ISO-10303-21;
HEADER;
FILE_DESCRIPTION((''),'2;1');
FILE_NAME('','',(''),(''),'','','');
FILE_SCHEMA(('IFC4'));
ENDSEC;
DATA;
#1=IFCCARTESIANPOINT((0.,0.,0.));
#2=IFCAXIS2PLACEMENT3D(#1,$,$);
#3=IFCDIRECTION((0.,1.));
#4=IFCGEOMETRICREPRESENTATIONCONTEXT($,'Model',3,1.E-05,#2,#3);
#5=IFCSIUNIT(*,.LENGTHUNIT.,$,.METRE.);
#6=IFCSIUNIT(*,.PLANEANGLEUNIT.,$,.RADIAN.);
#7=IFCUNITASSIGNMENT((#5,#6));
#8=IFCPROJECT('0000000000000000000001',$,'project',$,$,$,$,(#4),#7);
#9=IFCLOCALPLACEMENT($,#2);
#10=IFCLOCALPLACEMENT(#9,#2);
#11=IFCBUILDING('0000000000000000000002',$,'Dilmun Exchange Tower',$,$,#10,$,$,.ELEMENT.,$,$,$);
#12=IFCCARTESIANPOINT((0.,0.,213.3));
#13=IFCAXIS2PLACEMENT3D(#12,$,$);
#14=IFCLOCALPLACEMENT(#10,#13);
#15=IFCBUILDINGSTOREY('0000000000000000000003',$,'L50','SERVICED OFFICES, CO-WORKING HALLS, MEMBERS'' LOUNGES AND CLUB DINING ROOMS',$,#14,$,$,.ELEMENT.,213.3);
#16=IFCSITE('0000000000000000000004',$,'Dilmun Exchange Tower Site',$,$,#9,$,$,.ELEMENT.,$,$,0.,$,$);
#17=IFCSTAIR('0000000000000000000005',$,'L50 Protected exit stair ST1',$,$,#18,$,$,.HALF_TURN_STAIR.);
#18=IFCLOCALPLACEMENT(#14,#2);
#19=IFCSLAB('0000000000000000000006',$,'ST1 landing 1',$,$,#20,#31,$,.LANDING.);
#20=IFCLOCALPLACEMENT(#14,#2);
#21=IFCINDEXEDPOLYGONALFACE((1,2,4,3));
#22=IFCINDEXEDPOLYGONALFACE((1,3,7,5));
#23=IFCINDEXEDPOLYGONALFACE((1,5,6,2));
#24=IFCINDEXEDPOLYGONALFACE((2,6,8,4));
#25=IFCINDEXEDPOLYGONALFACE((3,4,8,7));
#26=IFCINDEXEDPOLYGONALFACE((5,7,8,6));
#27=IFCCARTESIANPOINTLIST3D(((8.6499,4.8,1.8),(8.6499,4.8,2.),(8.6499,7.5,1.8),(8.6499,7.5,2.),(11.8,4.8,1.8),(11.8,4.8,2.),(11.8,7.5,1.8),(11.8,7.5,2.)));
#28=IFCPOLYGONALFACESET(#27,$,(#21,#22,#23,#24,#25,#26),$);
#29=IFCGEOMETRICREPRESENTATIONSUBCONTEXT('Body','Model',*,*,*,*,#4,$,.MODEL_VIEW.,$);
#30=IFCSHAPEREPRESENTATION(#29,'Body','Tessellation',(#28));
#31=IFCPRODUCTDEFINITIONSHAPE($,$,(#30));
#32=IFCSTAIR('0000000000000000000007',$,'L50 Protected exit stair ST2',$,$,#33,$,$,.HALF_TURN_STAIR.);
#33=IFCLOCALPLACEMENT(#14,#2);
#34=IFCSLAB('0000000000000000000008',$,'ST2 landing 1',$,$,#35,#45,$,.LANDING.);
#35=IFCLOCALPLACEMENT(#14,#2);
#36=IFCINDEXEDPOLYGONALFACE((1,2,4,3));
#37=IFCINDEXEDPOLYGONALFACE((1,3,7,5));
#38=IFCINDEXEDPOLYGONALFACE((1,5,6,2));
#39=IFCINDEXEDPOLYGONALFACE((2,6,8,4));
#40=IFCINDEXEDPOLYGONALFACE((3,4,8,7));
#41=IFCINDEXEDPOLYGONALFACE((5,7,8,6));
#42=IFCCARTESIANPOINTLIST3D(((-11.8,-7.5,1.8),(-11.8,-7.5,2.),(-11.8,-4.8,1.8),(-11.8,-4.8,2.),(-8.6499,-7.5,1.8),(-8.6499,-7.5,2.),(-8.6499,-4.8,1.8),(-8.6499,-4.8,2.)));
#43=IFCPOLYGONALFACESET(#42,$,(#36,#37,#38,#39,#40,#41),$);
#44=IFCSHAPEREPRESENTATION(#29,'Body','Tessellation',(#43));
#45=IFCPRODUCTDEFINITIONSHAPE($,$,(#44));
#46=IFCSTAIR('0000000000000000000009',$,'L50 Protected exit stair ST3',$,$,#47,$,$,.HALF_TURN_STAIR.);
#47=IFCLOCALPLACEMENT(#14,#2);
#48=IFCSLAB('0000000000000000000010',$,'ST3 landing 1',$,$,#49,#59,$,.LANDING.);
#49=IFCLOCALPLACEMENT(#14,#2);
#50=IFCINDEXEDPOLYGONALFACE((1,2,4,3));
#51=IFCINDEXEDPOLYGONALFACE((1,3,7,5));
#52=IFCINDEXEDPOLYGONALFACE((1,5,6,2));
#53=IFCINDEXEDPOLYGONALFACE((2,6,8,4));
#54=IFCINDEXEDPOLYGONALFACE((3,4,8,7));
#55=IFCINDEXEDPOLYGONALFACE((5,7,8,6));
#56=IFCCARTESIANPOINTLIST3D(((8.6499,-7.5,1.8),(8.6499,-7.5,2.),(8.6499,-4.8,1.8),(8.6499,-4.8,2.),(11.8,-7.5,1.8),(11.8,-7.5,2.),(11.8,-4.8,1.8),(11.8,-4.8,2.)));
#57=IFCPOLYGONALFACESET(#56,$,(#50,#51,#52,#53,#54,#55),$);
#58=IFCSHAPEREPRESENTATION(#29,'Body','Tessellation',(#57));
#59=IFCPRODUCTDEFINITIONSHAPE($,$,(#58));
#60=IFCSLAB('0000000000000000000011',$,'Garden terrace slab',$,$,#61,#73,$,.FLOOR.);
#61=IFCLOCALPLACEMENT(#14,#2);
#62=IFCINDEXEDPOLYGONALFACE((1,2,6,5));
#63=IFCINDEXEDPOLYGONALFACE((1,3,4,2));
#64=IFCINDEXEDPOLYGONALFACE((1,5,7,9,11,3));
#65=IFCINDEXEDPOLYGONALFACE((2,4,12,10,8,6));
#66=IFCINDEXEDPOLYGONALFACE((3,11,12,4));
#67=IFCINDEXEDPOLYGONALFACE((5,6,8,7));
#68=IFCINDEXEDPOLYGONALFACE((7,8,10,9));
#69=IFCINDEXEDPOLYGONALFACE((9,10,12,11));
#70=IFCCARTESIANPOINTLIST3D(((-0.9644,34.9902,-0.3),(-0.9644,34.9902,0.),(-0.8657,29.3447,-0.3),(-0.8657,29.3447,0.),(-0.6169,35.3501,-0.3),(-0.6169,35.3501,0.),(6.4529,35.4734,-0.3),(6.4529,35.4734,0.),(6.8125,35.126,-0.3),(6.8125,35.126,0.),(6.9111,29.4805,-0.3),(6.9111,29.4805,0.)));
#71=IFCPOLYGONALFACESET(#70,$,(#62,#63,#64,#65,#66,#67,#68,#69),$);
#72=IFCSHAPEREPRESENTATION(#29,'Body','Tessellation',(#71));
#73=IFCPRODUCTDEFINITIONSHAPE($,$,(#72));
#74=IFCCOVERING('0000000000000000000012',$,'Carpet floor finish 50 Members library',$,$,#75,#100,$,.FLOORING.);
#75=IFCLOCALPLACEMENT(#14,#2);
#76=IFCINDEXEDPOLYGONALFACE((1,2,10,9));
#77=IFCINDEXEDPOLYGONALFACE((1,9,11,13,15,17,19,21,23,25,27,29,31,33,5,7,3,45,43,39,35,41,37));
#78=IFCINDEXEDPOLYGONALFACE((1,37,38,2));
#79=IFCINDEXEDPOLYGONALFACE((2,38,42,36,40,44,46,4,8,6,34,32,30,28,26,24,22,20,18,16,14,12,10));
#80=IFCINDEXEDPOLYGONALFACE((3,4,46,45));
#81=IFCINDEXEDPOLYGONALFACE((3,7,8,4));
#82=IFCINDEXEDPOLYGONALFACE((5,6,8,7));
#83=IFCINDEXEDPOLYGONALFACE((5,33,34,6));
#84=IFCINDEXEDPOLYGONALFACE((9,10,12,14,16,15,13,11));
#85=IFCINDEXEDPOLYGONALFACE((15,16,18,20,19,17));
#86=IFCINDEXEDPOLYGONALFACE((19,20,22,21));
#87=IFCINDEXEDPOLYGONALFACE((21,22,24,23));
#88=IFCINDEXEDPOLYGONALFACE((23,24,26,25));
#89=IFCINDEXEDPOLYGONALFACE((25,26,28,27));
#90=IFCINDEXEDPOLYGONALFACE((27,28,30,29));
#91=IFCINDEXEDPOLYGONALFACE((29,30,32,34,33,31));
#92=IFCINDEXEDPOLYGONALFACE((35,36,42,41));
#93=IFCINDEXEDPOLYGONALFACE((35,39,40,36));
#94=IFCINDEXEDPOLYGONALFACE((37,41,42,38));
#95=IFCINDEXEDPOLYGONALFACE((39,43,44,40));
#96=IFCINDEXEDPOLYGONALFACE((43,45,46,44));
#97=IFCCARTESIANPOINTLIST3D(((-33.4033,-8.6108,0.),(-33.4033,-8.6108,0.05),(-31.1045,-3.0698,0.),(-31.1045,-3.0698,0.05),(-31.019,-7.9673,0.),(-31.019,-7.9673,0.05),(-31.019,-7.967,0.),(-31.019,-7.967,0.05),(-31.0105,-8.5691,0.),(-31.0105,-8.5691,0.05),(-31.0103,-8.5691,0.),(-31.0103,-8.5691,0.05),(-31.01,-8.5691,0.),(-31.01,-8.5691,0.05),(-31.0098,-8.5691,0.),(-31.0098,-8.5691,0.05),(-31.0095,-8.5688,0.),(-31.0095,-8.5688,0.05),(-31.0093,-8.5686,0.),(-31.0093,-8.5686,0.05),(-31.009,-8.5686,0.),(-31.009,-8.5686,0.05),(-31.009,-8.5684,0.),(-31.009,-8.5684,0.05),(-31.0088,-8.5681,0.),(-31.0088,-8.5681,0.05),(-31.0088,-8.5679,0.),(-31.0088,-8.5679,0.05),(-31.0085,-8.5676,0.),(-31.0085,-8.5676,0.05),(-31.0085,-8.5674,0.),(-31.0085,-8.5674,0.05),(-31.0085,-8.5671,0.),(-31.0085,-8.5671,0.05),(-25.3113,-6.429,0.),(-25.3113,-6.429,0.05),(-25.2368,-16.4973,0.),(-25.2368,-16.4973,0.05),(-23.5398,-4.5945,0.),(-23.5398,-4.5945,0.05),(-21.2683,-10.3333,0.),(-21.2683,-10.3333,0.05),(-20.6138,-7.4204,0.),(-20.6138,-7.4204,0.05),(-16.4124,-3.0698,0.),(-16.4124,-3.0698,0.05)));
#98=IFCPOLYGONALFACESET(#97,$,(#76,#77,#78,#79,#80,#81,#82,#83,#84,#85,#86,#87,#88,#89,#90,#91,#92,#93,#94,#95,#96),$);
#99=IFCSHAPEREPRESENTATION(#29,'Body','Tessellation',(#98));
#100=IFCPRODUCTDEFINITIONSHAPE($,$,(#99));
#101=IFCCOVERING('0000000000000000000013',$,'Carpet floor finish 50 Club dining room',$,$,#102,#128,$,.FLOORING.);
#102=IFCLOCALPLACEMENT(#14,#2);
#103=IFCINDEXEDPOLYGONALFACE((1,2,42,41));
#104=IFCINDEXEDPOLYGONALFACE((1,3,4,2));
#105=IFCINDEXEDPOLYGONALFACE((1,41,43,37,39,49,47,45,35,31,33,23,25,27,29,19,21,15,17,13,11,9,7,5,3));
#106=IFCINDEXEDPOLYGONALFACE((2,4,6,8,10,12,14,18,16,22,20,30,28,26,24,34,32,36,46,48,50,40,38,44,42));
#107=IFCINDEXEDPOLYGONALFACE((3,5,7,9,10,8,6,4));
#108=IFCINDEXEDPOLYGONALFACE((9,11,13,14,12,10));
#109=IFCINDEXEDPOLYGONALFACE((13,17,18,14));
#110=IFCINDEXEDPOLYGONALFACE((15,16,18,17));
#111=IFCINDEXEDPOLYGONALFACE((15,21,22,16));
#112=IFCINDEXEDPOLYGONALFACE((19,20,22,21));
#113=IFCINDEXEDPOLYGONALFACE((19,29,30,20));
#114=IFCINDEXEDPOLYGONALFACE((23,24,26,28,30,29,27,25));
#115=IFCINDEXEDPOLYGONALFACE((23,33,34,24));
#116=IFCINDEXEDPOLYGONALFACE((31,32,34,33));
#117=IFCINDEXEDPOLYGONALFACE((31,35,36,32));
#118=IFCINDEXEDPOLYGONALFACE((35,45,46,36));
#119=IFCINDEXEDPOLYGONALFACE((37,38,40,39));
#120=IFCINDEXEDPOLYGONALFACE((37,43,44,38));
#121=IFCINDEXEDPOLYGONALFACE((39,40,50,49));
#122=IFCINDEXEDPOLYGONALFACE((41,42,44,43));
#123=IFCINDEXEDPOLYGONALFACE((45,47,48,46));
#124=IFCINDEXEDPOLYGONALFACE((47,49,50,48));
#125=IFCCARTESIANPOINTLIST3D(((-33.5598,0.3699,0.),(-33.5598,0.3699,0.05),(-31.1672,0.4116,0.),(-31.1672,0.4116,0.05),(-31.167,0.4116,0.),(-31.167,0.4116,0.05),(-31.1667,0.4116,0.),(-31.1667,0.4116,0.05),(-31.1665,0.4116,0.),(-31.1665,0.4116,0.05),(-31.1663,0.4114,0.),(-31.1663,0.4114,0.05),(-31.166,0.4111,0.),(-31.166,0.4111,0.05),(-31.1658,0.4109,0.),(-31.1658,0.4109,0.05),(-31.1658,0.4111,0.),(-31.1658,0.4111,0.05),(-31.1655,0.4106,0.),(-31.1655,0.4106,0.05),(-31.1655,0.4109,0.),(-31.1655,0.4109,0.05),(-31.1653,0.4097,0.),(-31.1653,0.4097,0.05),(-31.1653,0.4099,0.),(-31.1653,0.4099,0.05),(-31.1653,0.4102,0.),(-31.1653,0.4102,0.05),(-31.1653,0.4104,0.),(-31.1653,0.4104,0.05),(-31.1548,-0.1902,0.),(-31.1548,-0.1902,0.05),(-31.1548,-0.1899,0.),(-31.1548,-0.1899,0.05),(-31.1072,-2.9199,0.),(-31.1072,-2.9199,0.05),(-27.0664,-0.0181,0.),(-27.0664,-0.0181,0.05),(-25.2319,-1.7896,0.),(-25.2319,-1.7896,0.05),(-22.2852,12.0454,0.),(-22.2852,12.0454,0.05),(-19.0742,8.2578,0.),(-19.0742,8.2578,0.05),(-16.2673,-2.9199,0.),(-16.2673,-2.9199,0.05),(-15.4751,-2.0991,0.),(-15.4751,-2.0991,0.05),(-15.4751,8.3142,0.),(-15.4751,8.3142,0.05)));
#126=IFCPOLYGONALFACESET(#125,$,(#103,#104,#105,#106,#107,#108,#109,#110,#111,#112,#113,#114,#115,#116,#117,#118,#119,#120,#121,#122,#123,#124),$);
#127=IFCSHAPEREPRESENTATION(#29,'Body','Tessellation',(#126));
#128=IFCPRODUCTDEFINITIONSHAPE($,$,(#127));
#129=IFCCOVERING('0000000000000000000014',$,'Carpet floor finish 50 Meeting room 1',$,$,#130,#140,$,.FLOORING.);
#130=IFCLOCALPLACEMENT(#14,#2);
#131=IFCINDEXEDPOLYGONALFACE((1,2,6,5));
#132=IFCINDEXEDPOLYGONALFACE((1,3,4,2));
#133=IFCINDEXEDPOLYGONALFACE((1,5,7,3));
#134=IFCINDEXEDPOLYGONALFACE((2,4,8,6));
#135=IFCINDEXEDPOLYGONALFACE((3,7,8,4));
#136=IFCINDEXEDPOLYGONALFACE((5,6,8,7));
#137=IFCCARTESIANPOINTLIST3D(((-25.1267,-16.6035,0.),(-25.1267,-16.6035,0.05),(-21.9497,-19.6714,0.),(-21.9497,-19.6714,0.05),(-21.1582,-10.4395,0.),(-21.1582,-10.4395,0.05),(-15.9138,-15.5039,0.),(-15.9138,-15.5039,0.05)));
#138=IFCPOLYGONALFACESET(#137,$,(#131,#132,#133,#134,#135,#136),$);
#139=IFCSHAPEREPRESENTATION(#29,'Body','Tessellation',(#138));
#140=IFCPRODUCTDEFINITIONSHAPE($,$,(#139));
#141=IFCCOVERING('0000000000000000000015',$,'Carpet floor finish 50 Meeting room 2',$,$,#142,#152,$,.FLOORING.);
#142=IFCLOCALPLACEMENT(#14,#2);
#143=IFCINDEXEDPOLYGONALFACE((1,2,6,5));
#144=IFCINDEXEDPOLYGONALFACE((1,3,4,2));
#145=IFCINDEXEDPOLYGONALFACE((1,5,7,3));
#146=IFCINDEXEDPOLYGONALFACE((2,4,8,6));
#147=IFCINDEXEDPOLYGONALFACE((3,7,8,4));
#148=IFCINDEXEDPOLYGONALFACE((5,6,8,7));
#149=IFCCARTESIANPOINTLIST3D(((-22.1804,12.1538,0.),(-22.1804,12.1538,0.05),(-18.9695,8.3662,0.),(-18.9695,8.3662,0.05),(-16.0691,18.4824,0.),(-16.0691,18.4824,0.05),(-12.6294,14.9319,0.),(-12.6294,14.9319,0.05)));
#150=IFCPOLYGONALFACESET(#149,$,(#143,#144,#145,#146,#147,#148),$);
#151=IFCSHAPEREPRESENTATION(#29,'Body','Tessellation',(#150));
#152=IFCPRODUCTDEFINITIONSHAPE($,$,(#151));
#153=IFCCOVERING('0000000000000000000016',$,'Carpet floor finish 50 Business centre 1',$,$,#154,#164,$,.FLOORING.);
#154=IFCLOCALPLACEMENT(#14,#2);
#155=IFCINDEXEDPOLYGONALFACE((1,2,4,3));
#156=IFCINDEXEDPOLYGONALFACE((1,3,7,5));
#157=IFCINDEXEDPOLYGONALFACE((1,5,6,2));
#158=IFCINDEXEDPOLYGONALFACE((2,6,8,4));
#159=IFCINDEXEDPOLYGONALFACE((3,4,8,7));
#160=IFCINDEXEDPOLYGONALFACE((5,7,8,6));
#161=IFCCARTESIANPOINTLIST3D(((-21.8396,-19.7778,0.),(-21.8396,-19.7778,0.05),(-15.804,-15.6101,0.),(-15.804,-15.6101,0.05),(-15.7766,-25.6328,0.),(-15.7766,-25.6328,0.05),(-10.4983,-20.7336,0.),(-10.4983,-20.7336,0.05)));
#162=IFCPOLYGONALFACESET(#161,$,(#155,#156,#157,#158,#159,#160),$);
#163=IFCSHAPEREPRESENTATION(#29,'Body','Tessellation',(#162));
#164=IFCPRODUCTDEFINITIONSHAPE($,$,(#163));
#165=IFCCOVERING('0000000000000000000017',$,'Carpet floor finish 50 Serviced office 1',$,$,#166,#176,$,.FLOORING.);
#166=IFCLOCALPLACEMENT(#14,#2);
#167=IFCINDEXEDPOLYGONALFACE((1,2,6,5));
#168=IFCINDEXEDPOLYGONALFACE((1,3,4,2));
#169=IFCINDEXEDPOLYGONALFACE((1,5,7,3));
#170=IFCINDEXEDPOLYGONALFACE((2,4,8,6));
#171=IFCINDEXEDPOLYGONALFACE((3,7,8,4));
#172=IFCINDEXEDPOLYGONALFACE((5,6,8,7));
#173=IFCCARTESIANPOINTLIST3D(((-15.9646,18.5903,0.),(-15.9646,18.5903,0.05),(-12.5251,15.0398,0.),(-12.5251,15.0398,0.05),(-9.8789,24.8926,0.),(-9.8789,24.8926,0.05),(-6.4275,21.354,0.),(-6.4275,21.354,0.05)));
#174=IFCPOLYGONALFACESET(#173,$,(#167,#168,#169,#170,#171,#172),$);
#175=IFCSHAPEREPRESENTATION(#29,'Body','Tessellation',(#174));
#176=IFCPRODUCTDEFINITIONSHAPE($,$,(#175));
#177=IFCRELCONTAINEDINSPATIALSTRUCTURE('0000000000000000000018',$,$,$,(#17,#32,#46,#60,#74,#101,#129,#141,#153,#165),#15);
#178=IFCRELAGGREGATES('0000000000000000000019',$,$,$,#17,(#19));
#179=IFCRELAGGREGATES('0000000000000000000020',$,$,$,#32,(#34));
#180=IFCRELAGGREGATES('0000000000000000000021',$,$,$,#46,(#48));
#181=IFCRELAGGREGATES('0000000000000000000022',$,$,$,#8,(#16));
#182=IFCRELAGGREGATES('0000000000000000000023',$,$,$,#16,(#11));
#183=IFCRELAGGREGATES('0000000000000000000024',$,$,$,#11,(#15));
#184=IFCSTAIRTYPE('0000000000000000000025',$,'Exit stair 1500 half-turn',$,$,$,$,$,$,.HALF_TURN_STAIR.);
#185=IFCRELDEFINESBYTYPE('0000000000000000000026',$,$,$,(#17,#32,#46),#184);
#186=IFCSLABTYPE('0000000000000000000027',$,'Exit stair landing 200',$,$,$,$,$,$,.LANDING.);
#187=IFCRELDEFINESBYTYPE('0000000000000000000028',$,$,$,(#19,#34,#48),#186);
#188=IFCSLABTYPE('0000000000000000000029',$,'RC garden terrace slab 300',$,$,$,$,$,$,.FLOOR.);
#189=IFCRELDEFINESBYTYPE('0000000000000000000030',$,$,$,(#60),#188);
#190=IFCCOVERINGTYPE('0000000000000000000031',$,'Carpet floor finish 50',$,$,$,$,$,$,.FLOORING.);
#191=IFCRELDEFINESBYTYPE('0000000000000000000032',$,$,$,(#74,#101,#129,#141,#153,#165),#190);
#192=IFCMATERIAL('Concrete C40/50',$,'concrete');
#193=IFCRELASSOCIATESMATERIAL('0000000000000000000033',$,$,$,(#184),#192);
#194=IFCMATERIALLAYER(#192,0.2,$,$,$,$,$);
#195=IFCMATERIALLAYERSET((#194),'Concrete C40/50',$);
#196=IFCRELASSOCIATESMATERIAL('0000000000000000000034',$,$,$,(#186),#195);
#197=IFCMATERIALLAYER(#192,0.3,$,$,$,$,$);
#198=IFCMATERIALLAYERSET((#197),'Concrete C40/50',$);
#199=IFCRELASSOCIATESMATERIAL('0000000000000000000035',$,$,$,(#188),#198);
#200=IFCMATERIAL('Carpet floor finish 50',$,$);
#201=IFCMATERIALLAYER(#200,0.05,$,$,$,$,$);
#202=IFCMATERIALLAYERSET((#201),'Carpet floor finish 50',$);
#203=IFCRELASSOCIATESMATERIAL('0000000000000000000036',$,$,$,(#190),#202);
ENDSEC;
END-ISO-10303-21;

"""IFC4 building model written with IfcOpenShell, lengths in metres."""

from ifc_helpers import new_model, si_unit, direction, frame, origin, place, context, subcontext, project, spatial, polyline, outline, extrude, material, layer, layer_set, type_object, element, aggregate, save


model = new_model("IFC4")

# Units and contexts
model_context = context("Model", 3, precision=1e-05, world=origin(), true_north=direction((0.0, 1.0)))
body_context = subcontext(model_context, "Body", "Model", "MODEL_VIEW")
ifc_project = project(units=[si_unit("LENGTHUNIT", "METRE"), si_unit("PLANEANGLEUNIT", "RADIAN")], contexts=[model_context])

# Site, building, storey
site_placement = place(None, origin())
site = spatial("IfcSite", under=ifc_project, at=site_placement, Name="Dilmun Exchange Tower Site", CompositionType="ELEMENT", RefElevation=0.0)
building_placement = place(site_placement, origin())
building = spatial("IfcBuilding", under=site, at=building_placement, Name="Dilmun Exchange Tower", CompositionType="ELEMENT")
storey_placement = place(building_placement, frame((0.0, 0.0, 213.3)))
storey = spatial("IfcBuildingStorey", under=building, at=storey_placement, Name="L50", Description="SERVICED OFFICES, CO-WORKING HALLS, MEMBERS' LOUNGES AND CLUB DINING ROOMS", CompositionType="ELEMENT", Elevation=213.3)

# Stairs, slabs
ifc_material_1 = material(Name="Concrete C40/50", Category="concrete")
stair_type = type_object("IfcStairType", Name="Exit stair 1500 half-turn", PredefinedType="HALF_TURN_STAIR", material=ifc_material_1)
stair_1_placement = place(storey_placement, origin())
stair_1 = element("IfcStair", 1, at=stair_1_placement, inside=storey, type_object=stair_type, Name="L50 Protected exit stair ST1", PredefinedType="HALF_TURN_STAIR")
ifc_layer_1 = layer(ifc_material_1, 0.2)
ifc_layer_set_1 = layer_set([ifc_layer_1], Name="Concrete C40/50")
slab_type_1 = type_object("IfcSlabType", Name="Exit stair landing 200", PredefinedType="LANDING", material=ifc_layer_set_1)
slab_1_placement = place(storey_placement, frame((0.0, 0.0, 1.8)))
slab_1 = element("IfcSlab", 2, at=slab_1_placement, type_object=slab_type_1, Name="ST1 landing 1", PredefinedType="LANDING", context=body_context, shape_type="SweptSolid", body=[
    extrude(outline(polyline([(8.6499, 7.5), (8.6499, 4.8), (11.8, 4.8), (11.8, 7.5), (8.6499, 7.5)])), origin(), (0.0, 0.0, 1.0), 0.2),
])
aggregate(stair_1, [slab_1])
stair_2_placement = place(storey_placement, origin())
stair_2 = element("IfcStair", 3, at=stair_2_placement, inside=storey, type_object=stair_type, Name="L50 Protected exit stair ST2", PredefinedType="HALF_TURN_STAIR")
slab_2_placement = place(storey_placement, frame((0.0, 0.0, 1.8)))
slab_2 = element("IfcSlab", 4, at=slab_2_placement, type_object=slab_type_1, Name="ST2 landing 1", PredefinedType="LANDING", context=body_context, shape_type="SweptSolid", body=[
    extrude(outline(polyline([(-8.6499, -7.5), (-8.6499, -4.8), (-11.8, -4.8), (-11.8, -7.5), (-8.6499, -7.5)])), origin(), (0.0, 0.0, 1.0), 0.2),
])
aggregate(stair_2, [slab_2])
stair_3_placement = place(storey_placement, origin())
stair_3 = element("IfcStair", 5, at=stair_3_placement, inside=storey, type_object=stair_type, Name="L50 Protected exit stair ST3", PredefinedType="HALF_TURN_STAIR")
slab_3_placement = place(storey_placement, frame((0.0, 0.0, 1.8)))
slab_3 = element("IfcSlab", 6, at=slab_3_placement, type_object=slab_type_1, Name="ST3 landing 1", PredefinedType="LANDING", context=body_context, shape_type="SweptSolid", body=[
    extrude(outline(polyline([(11.8, -7.5), (11.8, -4.8), (8.6499, -4.8), (8.6499, -7.5), (11.8, -7.5)])), origin(), (0.0, 0.0, 1.0), 0.2),
])
aggregate(stair_3, [slab_3])

# Slab
ifc_layer_2 = layer(ifc_material_1, 0.3)
ifc_layer_set_2 = layer_set([ifc_layer_2], Name="Concrete C40/50")
slab_type_2 = type_object("IfcSlabType", Name="RC garden terrace slab 300", PredefinedType="FLOOR", material=ifc_layer_set_2)
slab_4_placement = place(storey_placement, frame((0.0, 0.0, -0.3)))
element("IfcSlab", 7, at=slab_4_placement, inside=storey, type_object=slab_type_2, Name="Garden terrace slab", PredefinedType="FLOOR", context=body_context, shape_type="SweptSolid", body=[
    extrude(outline(polyline([(-0.8657, 29.3447), (-0.9644, 34.9902), (-0.6169, 35.3501), (6.4529, 35.4734), (6.8125, 35.126), (6.9111, 29.4805), (-0.8657, 29.3447)])), origin(), (0.0, 0.0, 1.0), 0.3),
])

# Coverings
ifc_material_2 = material(Name="Carpet floor finish 50")
ifc_layer_3 = layer(ifc_material_2, 0.05)
ifc_layer_set_3 = layer_set([ifc_layer_3], Name="Carpet floor finish 50")
covering_type_1 = type_object("IfcCoveringType", Name="Carpet floor finish 50", PredefinedType="FLOORING", material=ifc_layer_set_3)
covering_1_placement = place(storey_placement, origin())
element("IfcCovering", 8, at=covering_1_placement, inside=storey, type_object=covering_type_1, Name="Carpet floor finish 50 Members library", PredefinedType="FLOORING", context=body_context, shape_type="SweptSolid", body=[
    extrude(outline(polyline([(-23.5398, -4.5945), (-25.3113, -6.429), (-21.2683, -10.3333), (-25.2368, -16.4973), (-33.4033, -8.6108), (-31.0105, -8.5691), (-31.0103, -8.5691), (-31.01, -8.5691), (-31.01, -8.5691), (-31.0098, -8.5691), (-31.0095, -8.5688), (-31.0095, -8.5688), (-31.0093, -8.5686), (-31.009, -8.5686), (-31.009, -8.5684), (-31.0088, -8.5681), (-31.0088, -8.5681), (-31.0088, -8.5679), (-31.0085, -8.5676), (-31.0085, -8.5674), (-31.0085, -8.5674), (-31.0085, -8.5671), (-31.019, -7.9673), (-31.019, -7.967), (-31.019, -7.967), (-31.1045, -3.0698), (-16.4124, -3.0698), (-20.6138, -7.4204), (-23.5398, -4.5945)])), origin(), (0.0, 0.0, 1.0), 0.05),
])
covering_2_placement = place(storey_placement, origin())
element("IfcCovering", 9, at=covering_2_placement, inside=storey, type_object=covering_type_1, Name="Carpet floor finish 50 Club dining room", PredefinedType="FLOORING", context=body_context, shape_type="SweptSolid", body=[
    extrude(outline(polyline([(-16.2673, -2.9199), (-31.1072, -2.9199), (-31.1548, -0.1902), (-31.1548, -0.1899), (-31.1548, -0.1899), (-31.1653, 0.4097), (-31.1653, 0.4099), (-31.1653, 0.4102), (-31.1653, 0.4104), (-31.1653, 0.4104), (-31.1655, 0.4106), (-31.1655, 0.4109), (-31.1658, 0.4109), (-31.1658, 0.4111), (-31.166, 0.4111), (-31.1663, 0.4114), (-31.1663, 0.4114), (-31.1665, 0.4116), (-31.1667, 0.4116), (-31.167, 0.4116), (-31.167, 0.4116), (-31.1672, 0.4116), (-33.5598, 0.3699), (-22.2852, 12.0454), (-19.0742, 8.2578), (-27.0664, -0.0181), (-25.2319, -1.7896), (-15.4751, 8.3142), (-15.4751, -2.0991), (-16.2673, -2.9199)])), origin(), (0.0, 0.0, 1.0), 0.05),
])
covering_3_placement = place(storey_placement, origin())
element("IfcCovering", 10, at=covering_3_placement, inside=storey, type_object=covering_type_1, Name="Carpet floor finish 50 Meeting room 1", PredefinedType="FLOORING", context=body_context, shape_type="SweptSolid", body=[
    extrude(outline(polyline([(-21.1582, -10.4395), (-15.9138, -15.5039), (-21.9497, -19.6714), (-25.1267, -16.6035), (-21.1582, -10.4395)])), origin(), (0.0, 0.0, 1.0), 0.05),
])
covering_4_placement = place(storey_placement, origin())
element("IfcCovering", 11, at=covering_4_placement, inside=storey, type_object=covering_type_1, Name="Carpet floor finish 50 Meeting room 2", PredefinedType="FLOORING", context=body_context, shape_type="SweptSolid", body=[
    extrude(outline(polyline([(-12.6294, 14.9319), (-18.9695, 8.3662), (-22.1804, 12.1538), (-16.0691, 18.4824), (-12.6294, 14.9319)])), origin(), (0.0, 0.0, 1.0), 0.05),
])
covering_5_placement = place(storey_placement, origin())
element("IfcCovering", 12, at=covering_5_placement, inside=storey, type_object=covering_type_1, Name="Carpet floor finish 50 Business centre 1", PredefinedType="FLOORING", context=body_context, shape_type="SweptSolid", body=[
    extrude(outline(polyline([(-10.4983, -20.7336), (-15.7766, -25.6328), (-21.8396, -19.7778), (-15.804, -15.6101), (-10.4983, -20.7336)])), origin(), (0.0, 0.0, 1.0), 0.05),
])
covering_6_placement = place(storey_placement, origin())
element("IfcCovering", 13, at=covering_6_placement, inside=storey, type_object=covering_type_1, Name="Carpet floor finish 50 Serviced office 1", PredefinedType="FLOORING", context=body_context, shape_type="SweptSolid", body=[
    extrude(outline(polyline([(-6.4275, 21.354), (-12.5251, 15.0398), (-15.9646, 18.5903), (-9.8789, 24.8926), (-6.4275, 21.354)])), origin(), (0.0, 0.0, 1.0), 0.05),
])

save(model, "model.ifc")
